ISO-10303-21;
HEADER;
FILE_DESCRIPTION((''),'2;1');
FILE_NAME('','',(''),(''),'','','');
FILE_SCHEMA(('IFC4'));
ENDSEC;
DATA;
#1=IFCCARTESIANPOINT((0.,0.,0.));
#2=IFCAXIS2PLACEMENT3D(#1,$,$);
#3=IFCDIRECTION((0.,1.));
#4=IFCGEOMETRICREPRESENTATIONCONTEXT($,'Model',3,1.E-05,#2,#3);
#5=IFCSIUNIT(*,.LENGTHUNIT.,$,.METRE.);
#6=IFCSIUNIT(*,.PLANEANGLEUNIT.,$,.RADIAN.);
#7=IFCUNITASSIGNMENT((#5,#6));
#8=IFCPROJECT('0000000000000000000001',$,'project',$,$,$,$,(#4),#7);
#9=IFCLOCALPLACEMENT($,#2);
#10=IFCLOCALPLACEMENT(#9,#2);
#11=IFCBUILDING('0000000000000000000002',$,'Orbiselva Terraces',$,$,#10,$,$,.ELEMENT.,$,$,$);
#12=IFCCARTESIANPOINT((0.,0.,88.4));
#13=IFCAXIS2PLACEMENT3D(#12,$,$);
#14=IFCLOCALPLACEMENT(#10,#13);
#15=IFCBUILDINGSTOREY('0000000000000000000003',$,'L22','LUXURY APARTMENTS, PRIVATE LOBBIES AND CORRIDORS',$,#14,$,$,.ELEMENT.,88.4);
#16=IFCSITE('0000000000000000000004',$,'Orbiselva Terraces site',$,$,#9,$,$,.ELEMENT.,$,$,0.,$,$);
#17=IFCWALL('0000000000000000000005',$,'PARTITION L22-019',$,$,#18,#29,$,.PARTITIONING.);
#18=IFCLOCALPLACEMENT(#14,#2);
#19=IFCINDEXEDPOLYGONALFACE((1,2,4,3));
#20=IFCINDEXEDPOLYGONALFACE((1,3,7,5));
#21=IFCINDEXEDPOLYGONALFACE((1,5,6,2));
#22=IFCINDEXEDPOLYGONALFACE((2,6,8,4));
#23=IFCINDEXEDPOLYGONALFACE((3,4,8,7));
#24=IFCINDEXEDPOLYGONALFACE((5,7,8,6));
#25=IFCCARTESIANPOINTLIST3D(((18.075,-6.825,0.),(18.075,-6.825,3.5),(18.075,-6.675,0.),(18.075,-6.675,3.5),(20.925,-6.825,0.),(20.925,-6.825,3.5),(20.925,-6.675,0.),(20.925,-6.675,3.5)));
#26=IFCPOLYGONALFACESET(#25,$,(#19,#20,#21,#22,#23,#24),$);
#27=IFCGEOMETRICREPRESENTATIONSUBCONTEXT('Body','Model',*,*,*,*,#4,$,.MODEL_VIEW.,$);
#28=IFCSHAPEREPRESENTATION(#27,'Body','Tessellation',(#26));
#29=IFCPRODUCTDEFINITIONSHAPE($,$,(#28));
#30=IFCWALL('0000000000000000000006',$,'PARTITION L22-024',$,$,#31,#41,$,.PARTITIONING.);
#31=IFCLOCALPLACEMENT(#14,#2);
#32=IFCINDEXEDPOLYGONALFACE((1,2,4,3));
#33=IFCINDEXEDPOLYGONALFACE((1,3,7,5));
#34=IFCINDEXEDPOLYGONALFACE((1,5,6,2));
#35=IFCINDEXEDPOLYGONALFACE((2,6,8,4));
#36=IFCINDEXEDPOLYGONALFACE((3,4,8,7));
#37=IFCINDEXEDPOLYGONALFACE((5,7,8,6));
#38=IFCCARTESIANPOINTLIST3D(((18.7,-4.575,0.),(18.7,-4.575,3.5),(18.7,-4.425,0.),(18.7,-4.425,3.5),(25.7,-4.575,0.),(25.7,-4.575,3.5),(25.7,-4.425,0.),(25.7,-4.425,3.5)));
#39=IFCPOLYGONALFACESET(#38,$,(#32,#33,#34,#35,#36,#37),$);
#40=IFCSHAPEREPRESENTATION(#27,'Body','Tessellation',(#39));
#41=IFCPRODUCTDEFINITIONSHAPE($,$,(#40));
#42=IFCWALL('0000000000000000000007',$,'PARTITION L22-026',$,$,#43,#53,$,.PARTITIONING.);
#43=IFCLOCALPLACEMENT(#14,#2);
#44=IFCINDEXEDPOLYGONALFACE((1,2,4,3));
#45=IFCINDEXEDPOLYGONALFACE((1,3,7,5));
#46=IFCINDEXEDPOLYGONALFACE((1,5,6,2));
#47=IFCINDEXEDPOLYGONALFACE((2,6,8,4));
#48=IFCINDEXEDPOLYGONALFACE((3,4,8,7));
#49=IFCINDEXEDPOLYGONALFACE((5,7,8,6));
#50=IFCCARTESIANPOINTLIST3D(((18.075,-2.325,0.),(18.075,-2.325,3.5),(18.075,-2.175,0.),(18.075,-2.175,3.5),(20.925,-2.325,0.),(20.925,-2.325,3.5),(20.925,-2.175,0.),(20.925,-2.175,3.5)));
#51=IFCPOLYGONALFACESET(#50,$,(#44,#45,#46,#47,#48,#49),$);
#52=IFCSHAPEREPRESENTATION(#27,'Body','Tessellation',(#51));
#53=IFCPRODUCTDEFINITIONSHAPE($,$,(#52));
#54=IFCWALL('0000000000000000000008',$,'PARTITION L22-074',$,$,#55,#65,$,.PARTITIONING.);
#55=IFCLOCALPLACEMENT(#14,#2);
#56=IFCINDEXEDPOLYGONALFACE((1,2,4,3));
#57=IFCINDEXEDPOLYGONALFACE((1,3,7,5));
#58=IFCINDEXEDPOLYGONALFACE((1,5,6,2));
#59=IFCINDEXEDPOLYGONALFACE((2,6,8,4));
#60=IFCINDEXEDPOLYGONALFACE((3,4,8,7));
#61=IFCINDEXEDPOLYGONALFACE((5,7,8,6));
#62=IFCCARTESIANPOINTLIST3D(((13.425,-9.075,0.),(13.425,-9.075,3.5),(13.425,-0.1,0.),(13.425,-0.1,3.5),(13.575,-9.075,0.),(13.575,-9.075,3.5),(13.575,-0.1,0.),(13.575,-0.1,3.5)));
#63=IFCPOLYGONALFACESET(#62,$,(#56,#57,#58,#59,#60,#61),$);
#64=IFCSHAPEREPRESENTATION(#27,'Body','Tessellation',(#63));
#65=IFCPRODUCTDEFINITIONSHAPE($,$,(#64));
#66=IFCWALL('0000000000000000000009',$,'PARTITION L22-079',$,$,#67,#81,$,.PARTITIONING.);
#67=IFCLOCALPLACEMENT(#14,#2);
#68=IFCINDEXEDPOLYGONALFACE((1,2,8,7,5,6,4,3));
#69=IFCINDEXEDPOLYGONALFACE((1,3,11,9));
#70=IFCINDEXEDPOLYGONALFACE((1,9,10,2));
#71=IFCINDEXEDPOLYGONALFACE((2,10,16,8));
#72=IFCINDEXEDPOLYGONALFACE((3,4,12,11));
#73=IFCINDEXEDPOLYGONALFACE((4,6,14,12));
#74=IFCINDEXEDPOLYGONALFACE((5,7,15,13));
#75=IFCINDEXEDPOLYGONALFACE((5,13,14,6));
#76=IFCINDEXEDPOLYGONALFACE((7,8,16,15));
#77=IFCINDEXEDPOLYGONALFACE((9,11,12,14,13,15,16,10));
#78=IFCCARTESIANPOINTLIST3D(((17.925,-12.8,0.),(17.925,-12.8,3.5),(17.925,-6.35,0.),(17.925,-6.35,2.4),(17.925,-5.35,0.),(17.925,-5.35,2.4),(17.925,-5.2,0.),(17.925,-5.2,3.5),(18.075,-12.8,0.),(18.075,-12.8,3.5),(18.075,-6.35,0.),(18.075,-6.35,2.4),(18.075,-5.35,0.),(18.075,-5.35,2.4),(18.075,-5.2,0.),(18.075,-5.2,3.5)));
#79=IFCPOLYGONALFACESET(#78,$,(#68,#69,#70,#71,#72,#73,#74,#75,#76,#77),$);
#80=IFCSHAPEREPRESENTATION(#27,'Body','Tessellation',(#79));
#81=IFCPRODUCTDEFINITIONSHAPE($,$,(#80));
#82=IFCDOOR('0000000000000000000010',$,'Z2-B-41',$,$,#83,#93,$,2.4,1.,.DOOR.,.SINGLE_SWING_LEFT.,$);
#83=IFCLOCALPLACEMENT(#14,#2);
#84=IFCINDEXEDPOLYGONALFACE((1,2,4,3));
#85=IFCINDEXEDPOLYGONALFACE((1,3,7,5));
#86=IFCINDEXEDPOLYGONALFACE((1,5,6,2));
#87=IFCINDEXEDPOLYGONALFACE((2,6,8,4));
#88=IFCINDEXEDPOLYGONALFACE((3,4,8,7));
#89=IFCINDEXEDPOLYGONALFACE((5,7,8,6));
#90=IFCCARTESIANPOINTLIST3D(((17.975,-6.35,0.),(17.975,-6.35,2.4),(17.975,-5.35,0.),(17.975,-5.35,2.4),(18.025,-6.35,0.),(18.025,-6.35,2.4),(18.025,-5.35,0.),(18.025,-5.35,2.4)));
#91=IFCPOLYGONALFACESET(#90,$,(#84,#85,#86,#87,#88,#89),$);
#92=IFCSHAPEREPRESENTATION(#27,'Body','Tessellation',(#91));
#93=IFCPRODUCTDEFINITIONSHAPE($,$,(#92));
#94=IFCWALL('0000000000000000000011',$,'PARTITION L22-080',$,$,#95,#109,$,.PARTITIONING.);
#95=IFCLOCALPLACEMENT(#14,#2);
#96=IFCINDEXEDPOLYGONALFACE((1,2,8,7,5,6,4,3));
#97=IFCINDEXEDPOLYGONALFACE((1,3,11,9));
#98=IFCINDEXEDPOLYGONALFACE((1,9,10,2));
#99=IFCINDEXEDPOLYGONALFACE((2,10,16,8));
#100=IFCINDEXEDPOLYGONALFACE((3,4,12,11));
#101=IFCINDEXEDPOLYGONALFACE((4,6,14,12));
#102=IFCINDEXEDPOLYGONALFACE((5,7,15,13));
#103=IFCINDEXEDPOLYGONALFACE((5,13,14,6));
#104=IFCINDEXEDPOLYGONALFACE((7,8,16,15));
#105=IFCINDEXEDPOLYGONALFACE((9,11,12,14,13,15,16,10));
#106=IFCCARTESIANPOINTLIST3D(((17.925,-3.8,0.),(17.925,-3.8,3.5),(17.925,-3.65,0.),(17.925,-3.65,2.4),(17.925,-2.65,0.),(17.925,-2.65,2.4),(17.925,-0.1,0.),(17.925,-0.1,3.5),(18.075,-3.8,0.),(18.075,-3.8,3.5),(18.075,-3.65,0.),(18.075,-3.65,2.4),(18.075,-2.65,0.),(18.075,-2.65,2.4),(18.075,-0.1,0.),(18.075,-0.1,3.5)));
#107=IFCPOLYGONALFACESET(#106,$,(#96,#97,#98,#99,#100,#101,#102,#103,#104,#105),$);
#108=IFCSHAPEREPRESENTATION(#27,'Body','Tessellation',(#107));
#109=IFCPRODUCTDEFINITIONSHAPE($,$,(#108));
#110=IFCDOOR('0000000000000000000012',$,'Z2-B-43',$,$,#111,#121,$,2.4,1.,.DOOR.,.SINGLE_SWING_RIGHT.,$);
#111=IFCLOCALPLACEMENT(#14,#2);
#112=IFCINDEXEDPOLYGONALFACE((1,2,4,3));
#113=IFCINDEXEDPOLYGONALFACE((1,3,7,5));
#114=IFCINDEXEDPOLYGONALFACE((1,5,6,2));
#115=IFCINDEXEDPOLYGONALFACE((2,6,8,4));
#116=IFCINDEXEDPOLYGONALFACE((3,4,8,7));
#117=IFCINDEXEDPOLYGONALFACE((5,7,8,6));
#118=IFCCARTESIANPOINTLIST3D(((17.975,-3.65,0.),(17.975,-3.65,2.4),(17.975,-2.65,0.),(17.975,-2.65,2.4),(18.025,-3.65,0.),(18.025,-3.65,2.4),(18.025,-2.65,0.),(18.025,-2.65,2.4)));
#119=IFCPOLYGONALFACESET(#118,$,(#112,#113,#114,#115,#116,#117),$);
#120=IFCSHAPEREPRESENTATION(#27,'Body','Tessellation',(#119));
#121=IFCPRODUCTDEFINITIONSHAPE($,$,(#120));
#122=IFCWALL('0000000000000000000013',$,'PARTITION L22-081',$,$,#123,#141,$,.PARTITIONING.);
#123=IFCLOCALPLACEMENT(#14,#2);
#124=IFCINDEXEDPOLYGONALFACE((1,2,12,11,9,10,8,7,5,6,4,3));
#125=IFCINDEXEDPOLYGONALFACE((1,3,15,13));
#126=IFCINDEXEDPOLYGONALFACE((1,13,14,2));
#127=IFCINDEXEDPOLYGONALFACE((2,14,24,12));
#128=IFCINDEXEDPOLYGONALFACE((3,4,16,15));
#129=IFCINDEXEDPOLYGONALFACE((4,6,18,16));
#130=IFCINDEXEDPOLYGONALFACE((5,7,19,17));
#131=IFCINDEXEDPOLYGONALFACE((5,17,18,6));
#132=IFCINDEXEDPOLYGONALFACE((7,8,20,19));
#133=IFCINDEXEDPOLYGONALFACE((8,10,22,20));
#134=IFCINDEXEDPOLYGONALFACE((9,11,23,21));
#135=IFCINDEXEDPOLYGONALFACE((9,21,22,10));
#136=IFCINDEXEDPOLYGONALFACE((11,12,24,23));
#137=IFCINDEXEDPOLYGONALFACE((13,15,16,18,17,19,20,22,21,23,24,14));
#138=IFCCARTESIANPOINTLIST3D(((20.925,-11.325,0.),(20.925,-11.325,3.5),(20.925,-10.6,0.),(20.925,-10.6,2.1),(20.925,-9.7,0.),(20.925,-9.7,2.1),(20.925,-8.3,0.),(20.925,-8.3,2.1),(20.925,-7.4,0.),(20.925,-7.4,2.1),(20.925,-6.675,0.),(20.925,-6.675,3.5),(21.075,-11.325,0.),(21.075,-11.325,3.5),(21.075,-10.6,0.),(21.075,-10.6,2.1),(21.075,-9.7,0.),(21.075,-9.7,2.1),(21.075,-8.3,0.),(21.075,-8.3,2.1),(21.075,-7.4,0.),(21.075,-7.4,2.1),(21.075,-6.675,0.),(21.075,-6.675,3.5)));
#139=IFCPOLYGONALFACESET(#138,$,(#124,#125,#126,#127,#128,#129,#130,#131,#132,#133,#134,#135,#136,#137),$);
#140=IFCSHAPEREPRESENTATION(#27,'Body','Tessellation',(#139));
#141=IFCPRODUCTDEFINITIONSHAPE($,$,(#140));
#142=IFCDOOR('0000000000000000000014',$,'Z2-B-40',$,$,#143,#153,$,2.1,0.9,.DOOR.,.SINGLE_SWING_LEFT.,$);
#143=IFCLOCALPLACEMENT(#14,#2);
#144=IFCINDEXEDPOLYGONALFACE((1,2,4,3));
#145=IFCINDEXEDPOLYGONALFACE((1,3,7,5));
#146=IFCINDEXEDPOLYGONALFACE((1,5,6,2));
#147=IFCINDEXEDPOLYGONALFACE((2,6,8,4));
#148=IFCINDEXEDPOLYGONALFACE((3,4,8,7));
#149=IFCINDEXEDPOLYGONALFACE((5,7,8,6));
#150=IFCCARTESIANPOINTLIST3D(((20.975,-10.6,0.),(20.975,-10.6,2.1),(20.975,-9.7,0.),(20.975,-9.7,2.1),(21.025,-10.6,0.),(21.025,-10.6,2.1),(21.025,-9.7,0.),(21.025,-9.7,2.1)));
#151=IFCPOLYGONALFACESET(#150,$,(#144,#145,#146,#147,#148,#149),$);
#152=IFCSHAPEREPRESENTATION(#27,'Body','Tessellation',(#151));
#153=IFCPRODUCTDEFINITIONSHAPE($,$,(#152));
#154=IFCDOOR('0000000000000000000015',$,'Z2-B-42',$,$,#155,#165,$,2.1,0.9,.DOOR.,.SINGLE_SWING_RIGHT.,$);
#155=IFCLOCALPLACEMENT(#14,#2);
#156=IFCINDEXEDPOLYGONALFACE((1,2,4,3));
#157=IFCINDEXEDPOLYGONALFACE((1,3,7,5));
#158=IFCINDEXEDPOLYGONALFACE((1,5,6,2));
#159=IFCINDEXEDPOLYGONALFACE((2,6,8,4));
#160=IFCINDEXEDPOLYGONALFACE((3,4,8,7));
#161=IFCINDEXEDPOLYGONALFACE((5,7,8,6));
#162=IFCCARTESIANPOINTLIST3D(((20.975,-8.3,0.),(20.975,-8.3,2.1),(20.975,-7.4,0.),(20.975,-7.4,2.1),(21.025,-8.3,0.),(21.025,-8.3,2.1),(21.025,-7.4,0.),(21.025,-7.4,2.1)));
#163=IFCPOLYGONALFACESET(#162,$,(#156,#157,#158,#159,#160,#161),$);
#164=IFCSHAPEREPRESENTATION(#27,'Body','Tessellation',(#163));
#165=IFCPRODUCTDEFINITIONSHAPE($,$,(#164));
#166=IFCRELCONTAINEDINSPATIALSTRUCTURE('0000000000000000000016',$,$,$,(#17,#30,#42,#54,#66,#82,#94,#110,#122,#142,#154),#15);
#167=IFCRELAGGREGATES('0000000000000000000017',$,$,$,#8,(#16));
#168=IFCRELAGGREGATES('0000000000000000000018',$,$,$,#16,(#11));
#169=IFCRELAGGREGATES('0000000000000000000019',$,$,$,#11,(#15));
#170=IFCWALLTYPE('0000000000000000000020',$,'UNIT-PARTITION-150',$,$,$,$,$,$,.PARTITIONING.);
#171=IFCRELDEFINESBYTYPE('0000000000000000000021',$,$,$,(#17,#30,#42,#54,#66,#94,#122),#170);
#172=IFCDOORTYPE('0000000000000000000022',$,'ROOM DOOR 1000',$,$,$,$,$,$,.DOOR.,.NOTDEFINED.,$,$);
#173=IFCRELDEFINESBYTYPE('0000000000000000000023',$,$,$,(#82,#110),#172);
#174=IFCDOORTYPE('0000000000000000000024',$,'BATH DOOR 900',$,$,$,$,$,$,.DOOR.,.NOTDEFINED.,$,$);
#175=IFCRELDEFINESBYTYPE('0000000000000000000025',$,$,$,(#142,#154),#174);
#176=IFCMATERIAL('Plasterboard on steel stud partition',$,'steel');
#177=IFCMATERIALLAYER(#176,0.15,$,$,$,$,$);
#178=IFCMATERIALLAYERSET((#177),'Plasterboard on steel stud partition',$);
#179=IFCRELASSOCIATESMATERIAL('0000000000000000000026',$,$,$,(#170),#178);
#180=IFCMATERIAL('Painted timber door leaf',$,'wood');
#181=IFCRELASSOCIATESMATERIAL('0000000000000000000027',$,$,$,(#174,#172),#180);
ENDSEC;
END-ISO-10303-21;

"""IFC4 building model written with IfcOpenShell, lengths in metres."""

from ifc_helpers import new_model, si_unit, direction, frame, frame_2d, origin, place, context, subcontext, project, spatial, rectangle, extrude, material, layer, layer_set, type_object, element, fill, save


model = new_model("IFC4")

# Units and contexts
model_context = context("Model", 3, precision=1e-05, world=origin(), true_north=direction((0.0, 1.0)))
body_context = subcontext(model_context, "Body", "Model", "MODEL_VIEW")
ifc_project = project(units=[si_unit("LENGTHUNIT", "METRE"), si_unit("PLANEANGLEUNIT", "RADIAN")], contexts=[model_context])

# Site, building, storey
site_placement = place(None, origin())
site = spatial("IfcSite", under=ifc_project, at=site_placement, Name="Orbiselva Terraces site", CompositionType="ELEMENT", RefElevation=0.0)
building_placement = place(site_placement, origin())
building = spatial("IfcBuilding", under=site, at=building_placement, Name="Orbiselva Terraces", CompositionType="ELEMENT")
storey_placement = place(building_placement, frame((0.0, 0.0, 88.4)))
storey = spatial("IfcBuildingStorey", under=building, at=storey_placement, Name="L22", Description="LUXURY APARTMENTS, PRIVATE LOBBIES AND CORRIDORS", CompositionType="ELEMENT", Elevation=88.4)

# Shared definitions
ifc_material_1 = material(Name="Plasterboard on steel stud partition", Category="steel")

# Shared definitions
ifc_layer_1 = layer(ifc_material_1, 0.15)
ifc_layer_set_1 = layer_set([ifc_layer_1], Name="Plasterboard on steel stud partition")
wall_type_1 = type_object("IfcWallType", Name="UNIT-PARTITION-150", PredefinedType="PARTITIONING", material=ifc_layer_set_1)
ifc_material_2 = material(Name="Painted timber door leaf", Category="wood")
door_type_1 = type_object("IfcDoorType", Name="BATH DOOR 900", OperationType="NOTDEFINED", PredefinedType="DOOR", material=ifc_material_2)

# Walls
wall_1_placement = place(storey_placement, frame((18.075, -6.75, 0.0), z_axis=(0.0, 0.0, 1.0), x_axis=(1.0, 0.0, 0.0)))
element("IfcWall", 1, at=wall_1_placement, inside=storey, type_object=wall_type_1, Name="PARTITION L22-019", PredefinedType="PARTITIONING", context=body_context, shape_type="SweptSolid", body=[
    extrude(rectangle(XDim=2.85, YDim=0.15, at=frame_2d((1.425, 0.0))), origin(), (0.0, 0.0, 1.0), 3.5),
])
wall_2_placement = place(storey_placement, frame((18.7, -4.5, 0.0), z_axis=(0.0, 0.0, 1.0), x_axis=(1.0, 0.0, 0.0)))
element("IfcWall", 2, at=wall_2_placement, inside=storey, type_object=wall_type_1, Name="PARTITION L22-024", PredefinedType="PARTITIONING", context=body_context, shape_type="SweptSolid", body=[
    extrude(rectangle(XDim=7.0, YDim=0.15, at=frame_2d((3.5, 0.0))), origin(), (0.0, 0.0, 1.0), 3.5),
])
wall_3_placement = place(storey_placement, frame((18.075, -2.25, 0.0), z_axis=(0.0, 0.0, 1.0), x_axis=(1.0, 0.0, 0.0)))
element("IfcWall", 3, at=wall_3_placement, inside=storey, type_object=wall_type_1, Name="PARTITION L22-026", PredefinedType="PARTITIONING", context=body_context, shape_type="SweptSolid", body=[
    extrude(rectangle(XDim=2.85, YDim=0.15, at=frame_2d((1.425, 0.0))), origin(), (0.0, 0.0, 1.0), 3.5),
])
wall_4_placement = place(storey_placement, frame((13.5, -9.075, 0.0), z_axis=(0.0, 0.0, 1.0), x_axis=(0.0, 1.0, 0.0)))
element("IfcWall", 4, at=wall_4_placement, inside=storey, type_object=wall_type_1, Name="PARTITION L22-074", PredefinedType="PARTITIONING", context=body_context, shape_type="SweptSolid", body=[
    extrude(rectangle(XDim=8.975, YDim=0.15, at=frame_2d((4.4875, 0.0))), origin(), (0.0, 0.0, 1.0), 3.5),
])

# Walls, openings, doors
wall_5_placement = place(storey_placement, frame((18.0, -5.2, 0.0), z_axis=(0.0, 0.0, 1.0), x_axis=(0.0, -1.0, 0.0)))
wall_5 = element("IfcWall", 5, at=wall_5_placement, inside=storey, type_object=wall_type_1, Name="PARTITION L22-079", PredefinedType="PARTITIONING", context=body_context, shape_type="SweptSolid", body=[
    extrude(rectangle(XDim=7.6, YDim=0.15, at=frame_2d((3.8, 0.0))), origin(), (0.0, 0.0, 1.0), 3.5),
])
opening_1_placement = place(wall_5_placement, frame((0.15, 0.0, 0.0)))
opening_1 = element("IfcOpeningElement", 6, at=opening_1_placement, cuts=wall_5, PredefinedType="OPENING", context=body_context, shape_type="SweptSolid", body=[
    extrude(rectangle(XDim=1.0, YDim=2.4, at=frame_2d((0.5, 1.2))), frame((0.0, 0.085, 0.0), z_axis=(0.0, -1.0, 0.0), x_axis=(1.0, 0.0, 0.0)), (0.0, 0.0, 1.0), 0.17),
])
door_type_2 = type_object("IfcDoorType", Name="ROOM DOOR 1000", OperationType="NOTDEFINED", PredefinedType="DOOR", material=ifc_material_2)
door_1_placement = place(opening_1_placement, origin())
door_1 = element("IfcDoor", 7, at=door_1_placement, inside=storey, type_object=door_type_2, Name="Z2-B-41", OperationType="SINGLE_SWING_LEFT", OverallHeight=2.4, OverallWidth=1.0, PredefinedType="DOOR", context=body_context, shape_type="SweptSolid", body=[
    extrude(rectangle(XDim=1.0, YDim=2.4, at=frame_2d((0.5, 1.2))), frame((0.0, 0.025, 0.0), z_axis=(0.0, -1.0, 0.0), x_axis=(1.0, 0.0, 0.0)), (0.0, 0.0, 1.0), 0.05),
])
fill(opening_1, door_1)
wall_6_placement = place(storey_placement, frame((18.0, -0.1, 0.0), z_axis=(0.0, 0.0, 1.0), x_axis=(0.0, -1.0, 0.0)))
wall_6 = element("IfcWall", 8, at=wall_6_placement, inside=storey, type_object=wall_type_1, Name="PARTITION L22-080", PredefinedType="PARTITIONING", context=body_context, shape_type="SweptSolid", body=[
    extrude(rectangle(XDim=3.7, YDim=0.15, at=frame_2d((1.85, 0.0))), origin(), (0.0, 0.0, 1.0), 3.5),
])
opening_2_placement = place(wall_6_placement, frame((2.55, 0.0, 0.0)))
opening_2 = element("IfcOpeningElement", 9, at=opening_2_placement, cuts=wall_6, PredefinedType="OPENING", context=body_context, shape_type="SweptSolid", body=[
    extrude(rectangle(XDim=1.0, YDim=2.4, at=frame_2d((0.5, 1.2))), frame((0.0, 0.085, 0.0), z_axis=(0.0, -1.0, 0.0), x_axis=(1.0, 0.0, 0.0)), (0.0, 0.0, 1.0), 0.17),
])
door_2_placement = place(opening_2_placement, origin())
door_2 = element("IfcDoor", 10, at=door_2_placement, inside=storey, type_object=door_type_2, Name="Z2-B-43", OperationType="SINGLE_SWING_RIGHT", OverallHeight=2.4, OverallWidth=1.0, PredefinedType="DOOR", context=body_context, shape_type="SweptSolid", body=[
    extrude(rectangle(XDim=1.0, YDim=2.4, at=frame_2d((0.5, 1.2))), frame((0.0, 0.025, 0.0), z_axis=(0.0, -1.0, 0.0), x_axis=(1.0, 0.0, 0.0)), (0.0, 0.0, 1.0), 0.05),
])
fill(opening_2, door_2)

# Wall, openings, doors
wall_7_placement = place(storey_placement, frame((21.0, -11.325, 0.0), z_axis=(0.0, 0.0, 1.0), x_axis=(0.0, 1.0, 0.0)))
wall_7 = element("IfcWall", 11, at=wall_7_placement, inside=storey, type_object=wall_type_1, Name="PARTITION L22-081", PredefinedType="PARTITIONING", context=body_context, shape_type="SweptSolid", body=[
    extrude(rectangle(XDim=4.65, YDim=0.15, at=frame_2d((2.325, 0.0))), origin(), (0.0, 0.0, 1.0), 3.5),
])
opening_3_placement = place(wall_7_placement, frame((0.725, 0.0, 0.0)))
opening_3 = element("IfcOpeningElement", 12, at=opening_3_placement, cuts=wall_7, PredefinedType="OPENING", context=body_context, shape_type="SweptSolid", body=[
    extrude(rectangle(XDim=0.9, YDim=2.1, at=frame_2d((0.45, 1.05))), frame((0.0, 0.085, 0.0), z_axis=(0.0, -1.0, 0.0), x_axis=(1.0, 0.0, 0.0)), (0.0, 0.0, 1.0), 0.17),
])
opening_4_placement = place(wall_7_placement, frame((3.025, 0.0, 0.0)))
opening_4 = element("IfcOpeningElement", 13, at=opening_4_placement, cuts=wall_7, PredefinedType="OPENING", context=body_context, shape_type="SweptSolid", body=[
    extrude(rectangle(XDim=0.9, YDim=2.1, at=frame_2d((0.45, 1.05))), frame((0.0, 0.085, 0.0), z_axis=(0.0, -1.0, 0.0), x_axis=(1.0, 0.0, 0.0)), (0.0, 0.0, 1.0), 0.17),
])
door_3_placement = place(opening_3_placement, origin())
door_3 = element("IfcDoor", 14, at=door_3_placement, inside=storey, type_object=door_type_1, Name="Z2-B-40", OperationType="SINGLE_SWING_LEFT", OverallHeight=2.1, OverallWidth=0.9, PredefinedType="DOOR", context=body_context, shape_type="SweptSolid", body=[
    extrude(rectangle(XDim=0.9, YDim=2.1, at=frame_2d((0.45, 1.05))), frame((0.0, 0.025, 0.0), z_axis=(0.0, -1.0, 0.0), x_axis=(1.0, 0.0, 0.0)), (0.0, 0.0, 1.0), 0.05),
])
fill(opening_3, door_3)
door_4_placement = place(opening_4_placement, origin())
door_4 = element("IfcDoor", 15, at=door_4_placement, inside=storey, type_object=door_type_1, Name="Z2-B-42", OperationType="SINGLE_SWING_RIGHT", OverallHeight=2.1, OverallWidth=0.9, PredefinedType="DOOR", context=body_context, shape_type="SweptSolid", body=[
    extrude(rectangle(XDim=0.9, YDim=2.1, at=frame_2d((0.45, 1.05))), frame((0.0, 0.025, 0.0), z_axis=(0.0, -1.0, 0.0), x_axis=(1.0, 0.0, 0.0)), (0.0, 0.0, 1.0), 0.05),
])
fill(opening_4, door_4)

save(model, "model.ifc")
